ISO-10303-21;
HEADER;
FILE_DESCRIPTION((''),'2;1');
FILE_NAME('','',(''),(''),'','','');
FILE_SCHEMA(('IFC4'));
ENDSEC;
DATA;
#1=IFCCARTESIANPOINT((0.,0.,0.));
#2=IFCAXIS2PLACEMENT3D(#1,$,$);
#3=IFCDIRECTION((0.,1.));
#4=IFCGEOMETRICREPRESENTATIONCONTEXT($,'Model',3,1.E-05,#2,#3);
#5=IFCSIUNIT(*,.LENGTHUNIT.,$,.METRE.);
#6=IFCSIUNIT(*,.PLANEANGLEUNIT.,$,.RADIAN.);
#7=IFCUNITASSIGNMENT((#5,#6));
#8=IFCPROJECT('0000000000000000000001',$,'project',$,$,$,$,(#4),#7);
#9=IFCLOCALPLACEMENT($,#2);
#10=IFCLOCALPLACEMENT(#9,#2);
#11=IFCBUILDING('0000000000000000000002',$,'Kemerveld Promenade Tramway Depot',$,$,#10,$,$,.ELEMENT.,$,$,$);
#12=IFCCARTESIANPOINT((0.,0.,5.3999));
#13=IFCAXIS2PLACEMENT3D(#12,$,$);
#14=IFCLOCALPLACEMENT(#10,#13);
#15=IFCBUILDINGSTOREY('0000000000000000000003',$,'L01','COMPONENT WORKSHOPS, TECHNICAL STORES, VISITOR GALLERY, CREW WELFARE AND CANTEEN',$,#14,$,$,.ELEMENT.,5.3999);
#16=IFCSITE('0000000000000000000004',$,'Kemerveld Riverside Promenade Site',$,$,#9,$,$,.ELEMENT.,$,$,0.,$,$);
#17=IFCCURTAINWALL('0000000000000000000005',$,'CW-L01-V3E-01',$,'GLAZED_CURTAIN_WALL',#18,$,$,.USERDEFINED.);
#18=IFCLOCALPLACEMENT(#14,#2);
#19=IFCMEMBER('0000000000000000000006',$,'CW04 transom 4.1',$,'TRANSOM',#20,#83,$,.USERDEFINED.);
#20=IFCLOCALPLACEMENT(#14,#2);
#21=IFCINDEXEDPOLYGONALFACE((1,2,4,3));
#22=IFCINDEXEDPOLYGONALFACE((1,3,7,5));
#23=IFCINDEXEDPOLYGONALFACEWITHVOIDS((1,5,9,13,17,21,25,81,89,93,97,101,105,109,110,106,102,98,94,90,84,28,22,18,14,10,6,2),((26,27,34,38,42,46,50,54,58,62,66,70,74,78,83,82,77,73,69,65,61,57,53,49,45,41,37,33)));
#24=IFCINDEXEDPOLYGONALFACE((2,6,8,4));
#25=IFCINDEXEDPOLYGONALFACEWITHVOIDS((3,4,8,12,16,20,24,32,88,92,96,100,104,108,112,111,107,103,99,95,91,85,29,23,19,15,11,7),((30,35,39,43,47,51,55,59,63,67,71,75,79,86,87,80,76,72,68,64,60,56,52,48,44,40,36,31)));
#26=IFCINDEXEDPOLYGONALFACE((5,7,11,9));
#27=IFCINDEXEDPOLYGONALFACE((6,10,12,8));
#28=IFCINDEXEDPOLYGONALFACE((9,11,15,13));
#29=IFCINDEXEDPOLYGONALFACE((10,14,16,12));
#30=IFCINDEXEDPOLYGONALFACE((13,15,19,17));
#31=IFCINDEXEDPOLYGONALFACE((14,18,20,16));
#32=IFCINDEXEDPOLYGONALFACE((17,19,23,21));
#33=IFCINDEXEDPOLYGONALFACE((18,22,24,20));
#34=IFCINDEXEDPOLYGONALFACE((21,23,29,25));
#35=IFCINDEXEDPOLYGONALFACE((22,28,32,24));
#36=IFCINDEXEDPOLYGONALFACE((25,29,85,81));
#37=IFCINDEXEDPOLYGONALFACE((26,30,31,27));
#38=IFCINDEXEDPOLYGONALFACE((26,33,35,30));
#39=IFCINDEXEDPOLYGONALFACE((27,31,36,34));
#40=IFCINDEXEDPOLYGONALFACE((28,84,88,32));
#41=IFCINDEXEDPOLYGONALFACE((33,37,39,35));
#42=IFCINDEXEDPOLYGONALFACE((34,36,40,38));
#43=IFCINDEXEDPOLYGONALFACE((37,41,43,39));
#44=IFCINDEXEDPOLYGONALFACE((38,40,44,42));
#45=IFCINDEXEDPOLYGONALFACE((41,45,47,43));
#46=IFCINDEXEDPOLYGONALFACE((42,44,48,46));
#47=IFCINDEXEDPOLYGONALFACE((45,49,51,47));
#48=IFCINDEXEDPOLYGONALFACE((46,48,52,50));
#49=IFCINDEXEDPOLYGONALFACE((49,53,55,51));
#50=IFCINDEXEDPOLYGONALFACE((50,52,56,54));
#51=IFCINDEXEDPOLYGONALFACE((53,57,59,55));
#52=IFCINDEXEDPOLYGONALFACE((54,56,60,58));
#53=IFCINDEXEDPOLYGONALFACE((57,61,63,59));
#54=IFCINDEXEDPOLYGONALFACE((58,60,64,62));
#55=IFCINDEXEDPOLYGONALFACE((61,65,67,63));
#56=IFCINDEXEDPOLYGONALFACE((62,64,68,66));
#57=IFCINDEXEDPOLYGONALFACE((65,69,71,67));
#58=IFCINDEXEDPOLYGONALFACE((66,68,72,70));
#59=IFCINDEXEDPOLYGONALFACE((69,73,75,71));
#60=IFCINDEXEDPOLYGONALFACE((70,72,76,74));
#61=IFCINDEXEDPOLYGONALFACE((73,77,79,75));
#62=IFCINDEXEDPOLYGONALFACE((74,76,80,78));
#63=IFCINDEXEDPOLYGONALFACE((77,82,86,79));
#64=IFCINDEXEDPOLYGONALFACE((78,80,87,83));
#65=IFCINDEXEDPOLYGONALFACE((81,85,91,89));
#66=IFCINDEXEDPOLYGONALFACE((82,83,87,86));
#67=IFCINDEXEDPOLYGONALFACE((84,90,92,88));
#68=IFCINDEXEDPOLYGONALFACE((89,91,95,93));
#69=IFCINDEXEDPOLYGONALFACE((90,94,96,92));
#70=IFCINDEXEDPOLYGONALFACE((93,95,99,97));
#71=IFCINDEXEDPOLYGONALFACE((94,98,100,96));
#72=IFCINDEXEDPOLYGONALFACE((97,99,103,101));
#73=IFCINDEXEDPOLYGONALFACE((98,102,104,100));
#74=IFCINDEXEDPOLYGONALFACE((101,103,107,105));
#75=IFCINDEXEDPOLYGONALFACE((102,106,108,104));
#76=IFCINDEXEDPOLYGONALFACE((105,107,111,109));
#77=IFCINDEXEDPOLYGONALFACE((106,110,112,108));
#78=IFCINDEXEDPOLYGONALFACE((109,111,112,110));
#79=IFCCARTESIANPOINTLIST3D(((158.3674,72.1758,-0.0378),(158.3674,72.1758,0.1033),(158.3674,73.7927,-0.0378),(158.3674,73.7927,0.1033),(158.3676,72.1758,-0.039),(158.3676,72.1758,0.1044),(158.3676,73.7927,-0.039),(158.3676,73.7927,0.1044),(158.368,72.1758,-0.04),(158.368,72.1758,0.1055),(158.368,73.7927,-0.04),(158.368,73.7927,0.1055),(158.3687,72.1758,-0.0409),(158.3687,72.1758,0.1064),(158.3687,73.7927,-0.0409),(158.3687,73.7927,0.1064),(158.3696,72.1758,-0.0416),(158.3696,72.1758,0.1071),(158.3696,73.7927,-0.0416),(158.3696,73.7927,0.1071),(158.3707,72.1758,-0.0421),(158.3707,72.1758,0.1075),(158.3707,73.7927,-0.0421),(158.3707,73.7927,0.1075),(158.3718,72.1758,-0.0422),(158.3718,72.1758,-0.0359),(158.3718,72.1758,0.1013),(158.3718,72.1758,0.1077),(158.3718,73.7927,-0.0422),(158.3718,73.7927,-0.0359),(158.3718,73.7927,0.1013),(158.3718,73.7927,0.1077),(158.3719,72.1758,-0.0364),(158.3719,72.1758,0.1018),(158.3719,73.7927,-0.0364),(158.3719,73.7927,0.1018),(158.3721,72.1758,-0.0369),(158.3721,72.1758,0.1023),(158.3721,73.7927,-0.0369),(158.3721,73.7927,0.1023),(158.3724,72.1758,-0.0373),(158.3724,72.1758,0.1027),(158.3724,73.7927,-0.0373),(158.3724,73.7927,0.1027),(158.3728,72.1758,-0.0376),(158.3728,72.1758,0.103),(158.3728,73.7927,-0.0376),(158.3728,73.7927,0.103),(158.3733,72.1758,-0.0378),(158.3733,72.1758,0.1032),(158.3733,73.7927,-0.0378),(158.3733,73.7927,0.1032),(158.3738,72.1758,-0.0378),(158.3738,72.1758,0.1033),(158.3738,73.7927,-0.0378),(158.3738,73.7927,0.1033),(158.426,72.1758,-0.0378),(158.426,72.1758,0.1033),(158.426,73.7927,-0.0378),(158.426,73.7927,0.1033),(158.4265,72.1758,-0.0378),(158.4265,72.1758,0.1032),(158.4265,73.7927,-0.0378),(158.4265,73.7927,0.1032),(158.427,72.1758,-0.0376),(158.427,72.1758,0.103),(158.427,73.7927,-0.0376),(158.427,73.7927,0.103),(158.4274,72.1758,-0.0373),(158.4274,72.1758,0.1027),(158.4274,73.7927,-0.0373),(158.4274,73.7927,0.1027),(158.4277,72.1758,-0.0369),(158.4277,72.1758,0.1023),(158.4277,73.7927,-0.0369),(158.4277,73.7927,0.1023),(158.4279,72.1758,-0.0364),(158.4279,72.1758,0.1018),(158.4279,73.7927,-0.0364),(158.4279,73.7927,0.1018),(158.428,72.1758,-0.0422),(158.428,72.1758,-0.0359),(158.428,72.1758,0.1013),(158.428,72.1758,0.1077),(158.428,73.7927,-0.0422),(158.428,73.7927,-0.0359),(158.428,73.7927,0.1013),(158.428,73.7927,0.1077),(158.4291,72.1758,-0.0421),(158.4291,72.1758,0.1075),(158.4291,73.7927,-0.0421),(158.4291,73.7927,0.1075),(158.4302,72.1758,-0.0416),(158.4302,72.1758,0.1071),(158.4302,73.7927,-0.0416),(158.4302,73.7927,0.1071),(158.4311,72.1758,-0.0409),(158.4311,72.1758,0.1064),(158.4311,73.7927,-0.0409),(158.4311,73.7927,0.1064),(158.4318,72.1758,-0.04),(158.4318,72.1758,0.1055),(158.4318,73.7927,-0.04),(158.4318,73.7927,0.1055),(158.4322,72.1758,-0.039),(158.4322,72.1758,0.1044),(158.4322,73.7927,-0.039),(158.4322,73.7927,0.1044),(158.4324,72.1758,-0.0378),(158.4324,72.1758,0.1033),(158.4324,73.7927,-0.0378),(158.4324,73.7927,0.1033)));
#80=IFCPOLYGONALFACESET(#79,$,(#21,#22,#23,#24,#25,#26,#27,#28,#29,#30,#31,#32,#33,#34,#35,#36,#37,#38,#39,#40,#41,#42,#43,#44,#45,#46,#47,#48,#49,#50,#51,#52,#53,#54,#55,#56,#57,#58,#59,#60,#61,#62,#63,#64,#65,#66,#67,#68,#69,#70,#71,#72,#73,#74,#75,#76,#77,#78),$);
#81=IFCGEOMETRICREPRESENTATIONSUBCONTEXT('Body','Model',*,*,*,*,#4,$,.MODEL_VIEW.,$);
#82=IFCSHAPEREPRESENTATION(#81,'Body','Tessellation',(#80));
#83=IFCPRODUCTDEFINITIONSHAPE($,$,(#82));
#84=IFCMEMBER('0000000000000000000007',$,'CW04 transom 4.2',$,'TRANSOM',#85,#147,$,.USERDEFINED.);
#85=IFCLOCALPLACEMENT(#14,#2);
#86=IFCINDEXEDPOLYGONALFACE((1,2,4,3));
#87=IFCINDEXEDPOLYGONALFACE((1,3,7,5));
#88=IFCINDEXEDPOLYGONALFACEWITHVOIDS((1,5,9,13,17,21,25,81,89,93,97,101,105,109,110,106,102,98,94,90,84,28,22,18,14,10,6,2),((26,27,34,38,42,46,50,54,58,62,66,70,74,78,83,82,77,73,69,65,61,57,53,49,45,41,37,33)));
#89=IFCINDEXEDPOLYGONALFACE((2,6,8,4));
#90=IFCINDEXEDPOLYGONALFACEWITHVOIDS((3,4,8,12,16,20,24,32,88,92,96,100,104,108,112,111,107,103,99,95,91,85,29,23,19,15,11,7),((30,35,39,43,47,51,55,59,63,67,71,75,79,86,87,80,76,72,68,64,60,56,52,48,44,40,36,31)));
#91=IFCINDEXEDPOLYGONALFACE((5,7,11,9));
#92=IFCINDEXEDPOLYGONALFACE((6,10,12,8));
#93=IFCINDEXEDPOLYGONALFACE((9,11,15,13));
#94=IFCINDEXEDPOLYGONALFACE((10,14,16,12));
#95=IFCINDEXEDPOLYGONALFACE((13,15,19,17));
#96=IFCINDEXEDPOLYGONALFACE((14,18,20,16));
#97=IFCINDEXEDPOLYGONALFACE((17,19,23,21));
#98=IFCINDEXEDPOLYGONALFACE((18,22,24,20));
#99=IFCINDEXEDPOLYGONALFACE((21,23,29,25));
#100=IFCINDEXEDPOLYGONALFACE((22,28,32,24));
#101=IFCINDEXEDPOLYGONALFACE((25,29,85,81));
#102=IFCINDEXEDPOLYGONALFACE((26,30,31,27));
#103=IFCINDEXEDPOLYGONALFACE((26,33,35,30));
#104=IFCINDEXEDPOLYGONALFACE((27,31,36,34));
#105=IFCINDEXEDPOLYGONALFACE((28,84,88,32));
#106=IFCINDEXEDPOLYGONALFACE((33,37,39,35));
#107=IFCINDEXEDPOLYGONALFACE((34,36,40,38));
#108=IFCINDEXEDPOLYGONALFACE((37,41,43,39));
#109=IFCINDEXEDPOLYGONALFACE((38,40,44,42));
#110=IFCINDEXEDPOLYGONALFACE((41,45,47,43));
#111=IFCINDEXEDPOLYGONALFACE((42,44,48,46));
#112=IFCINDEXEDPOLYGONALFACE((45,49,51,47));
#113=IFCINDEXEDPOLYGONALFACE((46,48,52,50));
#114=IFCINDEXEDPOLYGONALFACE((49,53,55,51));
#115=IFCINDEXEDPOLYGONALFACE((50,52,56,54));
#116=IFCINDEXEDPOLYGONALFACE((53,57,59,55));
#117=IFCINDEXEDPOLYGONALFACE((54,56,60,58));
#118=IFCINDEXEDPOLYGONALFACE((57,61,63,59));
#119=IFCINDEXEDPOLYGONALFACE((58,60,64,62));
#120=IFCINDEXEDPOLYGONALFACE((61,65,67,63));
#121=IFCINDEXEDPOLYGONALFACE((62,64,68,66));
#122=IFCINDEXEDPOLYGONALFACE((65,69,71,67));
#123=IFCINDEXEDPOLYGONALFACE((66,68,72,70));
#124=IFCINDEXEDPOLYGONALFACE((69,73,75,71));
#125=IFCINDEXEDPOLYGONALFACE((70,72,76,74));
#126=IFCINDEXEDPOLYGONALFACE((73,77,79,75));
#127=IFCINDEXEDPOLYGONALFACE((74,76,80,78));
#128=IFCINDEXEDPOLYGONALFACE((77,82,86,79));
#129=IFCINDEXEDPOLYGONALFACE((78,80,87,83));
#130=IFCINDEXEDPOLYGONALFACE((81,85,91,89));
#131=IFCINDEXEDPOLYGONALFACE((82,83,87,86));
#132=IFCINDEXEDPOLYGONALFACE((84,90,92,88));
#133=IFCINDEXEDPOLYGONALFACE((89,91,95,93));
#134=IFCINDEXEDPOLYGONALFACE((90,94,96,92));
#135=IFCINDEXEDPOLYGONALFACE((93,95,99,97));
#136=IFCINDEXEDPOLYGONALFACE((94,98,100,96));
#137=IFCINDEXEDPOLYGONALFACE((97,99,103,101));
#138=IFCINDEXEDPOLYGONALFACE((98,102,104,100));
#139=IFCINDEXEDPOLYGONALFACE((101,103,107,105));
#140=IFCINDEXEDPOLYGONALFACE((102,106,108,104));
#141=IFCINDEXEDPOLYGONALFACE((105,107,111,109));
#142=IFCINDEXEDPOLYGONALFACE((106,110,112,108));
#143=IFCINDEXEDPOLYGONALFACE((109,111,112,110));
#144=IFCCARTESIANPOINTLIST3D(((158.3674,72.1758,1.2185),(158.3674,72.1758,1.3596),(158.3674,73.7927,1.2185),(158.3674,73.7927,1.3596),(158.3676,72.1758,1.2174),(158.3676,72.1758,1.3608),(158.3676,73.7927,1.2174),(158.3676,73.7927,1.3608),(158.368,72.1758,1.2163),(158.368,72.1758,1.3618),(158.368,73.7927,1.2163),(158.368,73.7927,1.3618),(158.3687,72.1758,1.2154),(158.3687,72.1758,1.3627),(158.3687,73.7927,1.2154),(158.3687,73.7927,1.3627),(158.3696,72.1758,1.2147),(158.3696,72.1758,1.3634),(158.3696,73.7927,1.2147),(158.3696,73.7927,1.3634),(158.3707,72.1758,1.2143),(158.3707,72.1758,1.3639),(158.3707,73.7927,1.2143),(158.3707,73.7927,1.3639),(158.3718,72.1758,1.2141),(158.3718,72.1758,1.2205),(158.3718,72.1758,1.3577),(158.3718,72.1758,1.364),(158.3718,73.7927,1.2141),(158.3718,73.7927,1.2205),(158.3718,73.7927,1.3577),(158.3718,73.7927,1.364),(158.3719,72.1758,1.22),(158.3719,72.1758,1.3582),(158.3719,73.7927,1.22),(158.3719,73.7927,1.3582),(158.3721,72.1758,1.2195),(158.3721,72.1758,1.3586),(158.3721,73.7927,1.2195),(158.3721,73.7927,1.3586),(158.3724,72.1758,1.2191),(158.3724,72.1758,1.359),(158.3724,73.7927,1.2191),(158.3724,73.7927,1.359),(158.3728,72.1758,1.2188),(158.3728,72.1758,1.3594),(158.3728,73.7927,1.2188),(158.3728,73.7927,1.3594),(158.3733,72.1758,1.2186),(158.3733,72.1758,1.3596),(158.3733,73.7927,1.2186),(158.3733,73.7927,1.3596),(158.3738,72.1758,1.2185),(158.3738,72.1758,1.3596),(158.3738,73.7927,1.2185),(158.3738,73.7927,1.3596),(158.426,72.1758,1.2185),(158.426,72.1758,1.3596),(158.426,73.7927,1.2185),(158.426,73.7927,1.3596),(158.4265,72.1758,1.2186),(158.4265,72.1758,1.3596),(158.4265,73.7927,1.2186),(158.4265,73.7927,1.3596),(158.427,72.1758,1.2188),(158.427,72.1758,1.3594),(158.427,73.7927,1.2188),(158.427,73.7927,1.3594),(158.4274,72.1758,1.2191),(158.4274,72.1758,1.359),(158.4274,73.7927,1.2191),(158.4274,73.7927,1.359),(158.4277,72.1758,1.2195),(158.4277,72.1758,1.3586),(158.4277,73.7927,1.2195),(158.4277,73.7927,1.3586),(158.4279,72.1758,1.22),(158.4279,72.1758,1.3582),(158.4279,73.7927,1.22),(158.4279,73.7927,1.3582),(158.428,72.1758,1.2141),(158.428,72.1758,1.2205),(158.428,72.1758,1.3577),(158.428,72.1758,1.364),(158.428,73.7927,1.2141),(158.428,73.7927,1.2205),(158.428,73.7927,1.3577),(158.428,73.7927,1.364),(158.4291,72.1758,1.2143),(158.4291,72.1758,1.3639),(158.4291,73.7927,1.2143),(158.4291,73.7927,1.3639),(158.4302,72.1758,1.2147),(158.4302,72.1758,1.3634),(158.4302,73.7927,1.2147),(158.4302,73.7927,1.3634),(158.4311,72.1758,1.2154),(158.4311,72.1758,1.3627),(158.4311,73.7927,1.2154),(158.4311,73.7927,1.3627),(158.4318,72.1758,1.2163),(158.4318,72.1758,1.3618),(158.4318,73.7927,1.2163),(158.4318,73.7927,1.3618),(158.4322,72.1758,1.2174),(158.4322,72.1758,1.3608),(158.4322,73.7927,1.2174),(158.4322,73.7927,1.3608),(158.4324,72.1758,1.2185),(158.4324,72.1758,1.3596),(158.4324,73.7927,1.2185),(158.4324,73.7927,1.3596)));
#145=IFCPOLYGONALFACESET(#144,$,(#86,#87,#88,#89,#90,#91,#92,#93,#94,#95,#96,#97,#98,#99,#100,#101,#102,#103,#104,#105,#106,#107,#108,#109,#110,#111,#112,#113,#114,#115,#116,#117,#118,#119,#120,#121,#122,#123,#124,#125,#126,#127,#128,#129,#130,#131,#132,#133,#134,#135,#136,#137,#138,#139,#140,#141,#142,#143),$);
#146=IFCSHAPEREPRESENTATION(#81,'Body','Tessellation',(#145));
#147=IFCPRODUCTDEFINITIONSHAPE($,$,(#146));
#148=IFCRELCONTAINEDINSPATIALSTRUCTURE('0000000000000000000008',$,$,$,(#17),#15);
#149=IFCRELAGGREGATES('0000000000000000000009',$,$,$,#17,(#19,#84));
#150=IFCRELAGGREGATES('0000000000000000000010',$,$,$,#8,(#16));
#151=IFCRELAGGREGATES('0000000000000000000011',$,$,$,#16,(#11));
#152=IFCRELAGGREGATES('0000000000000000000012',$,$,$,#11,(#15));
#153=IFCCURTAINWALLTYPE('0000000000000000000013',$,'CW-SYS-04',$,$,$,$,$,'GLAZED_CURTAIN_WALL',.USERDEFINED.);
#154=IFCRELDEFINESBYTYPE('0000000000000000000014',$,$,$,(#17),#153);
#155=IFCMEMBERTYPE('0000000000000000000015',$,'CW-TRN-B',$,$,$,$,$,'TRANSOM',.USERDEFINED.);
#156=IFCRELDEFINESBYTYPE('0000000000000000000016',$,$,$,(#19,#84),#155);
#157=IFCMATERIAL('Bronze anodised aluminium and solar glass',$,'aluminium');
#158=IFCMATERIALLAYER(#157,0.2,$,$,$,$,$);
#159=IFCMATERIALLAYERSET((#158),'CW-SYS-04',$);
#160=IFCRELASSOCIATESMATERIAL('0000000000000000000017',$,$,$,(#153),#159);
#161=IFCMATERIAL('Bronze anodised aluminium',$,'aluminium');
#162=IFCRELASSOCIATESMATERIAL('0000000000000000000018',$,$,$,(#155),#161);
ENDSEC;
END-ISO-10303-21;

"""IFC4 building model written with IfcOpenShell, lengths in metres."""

from ifc_helpers import new_model, si_unit, direction, frame, origin, origin_2d, place, context, subcontext, project, spatial, hollow_rectangle, extrude, material, layer, layer_set, material_profile, profile_set, type_object, element, aggregate, save


model = new_model("IFC4")

# Units and contexts
model_context = context("Model", 3, precision=1e-05, world=origin(), true_north=direction((0.0, 1.0)))
body_context = subcontext(model_context, "Body", "Model", "MODEL_VIEW")
ifc_project = project(units=[si_unit("LENGTHUNIT", "METRE"), si_unit("PLANEANGLEUNIT", "RADIAN")], contexts=[model_context])

# Site, building, storey
site_placement = place(None, origin())
site = spatial("IfcSite", under=ifc_project, at=site_placement, Name="Kemerveld Riverside Promenade Site", CompositionType="ELEMENT", RefElevation=0.0)
building_placement = place(site_placement, origin())
building = spatial("IfcBuilding", under=site, at=building_placement, Name="Kemerveld Promenade Tramway Depot", CompositionType="ELEMENT")
storey_placement = place(building_placement, frame((0.0, 0.0, 5.3999)))
storey = spatial("IfcBuildingStorey", under=building, at=storey_placement, Name="L01", Description="COMPONENT WORKSHOPS, TECHNICAL STORES, VISITOR GALLERY, CREW WELFARE AND CANTEEN", CompositionType="ELEMENT", Elevation=5.3999)

# Curtain wall, members
ifc_material_1 = material(Name="Bronze anodised aluminium and solar glass", Category="aluminium")
ifc_layer_1 = layer(ifc_material_1, 0.2)
ifc_layer_set_1 = layer_set([ifc_layer_1], Name="CW-SYS-04")
curtain_wall_type = type_object("IfcCurtainWallType", Name="CW-SYS-04", ElementType="GLAZED_CURTAIN_WALL", PredefinedType="USERDEFINED", material=ifc_layer_set_1)
curtain_wall_placement = place(storey_placement, origin())
curtain_wall = element("IfcCurtainWall", 1, at=curtain_wall_placement, inside=storey, type_object=curtain_wall_type, Name="CW-L01-V3E-01", ObjectType="GLAZED_CURTAIN_WALL", PredefinedType="USERDEFINED")
ifc_material_2 = material(Name="Bronze anodised aluminium", Category="aluminium")
ifc_material_profile_1 = material_profile(ifc_material_2, hollow_rectangle(XDim=0.0649, YDim=0.1499, WallThickness=0.0044, InnerFilletRadius=0.002, OuterFilletRadius=0.0044, at=origin_2d()), Name="CW-TRN-150x65")
ifc_profile_set_1 = profile_set([ifc_material_profile_1], Name="Bronze anodised aluminium")
member_type_1 = type_object("IfcMemberType", Name="CW-TRN-B", ElementType="TRANSOM", PredefinedType="USERDEFINED", material=ifc_profile_set_1)
member_1_placement = place(storey_placement, frame((158.3999, 73.7927, 0.0327), z_axis=(0.0, -1.0, 0.0), x_axis=(1.0, 0.0, 0.0)))
member_1 = element("IfcMember", 2, at=member_1_placement, type_object=member_type_1, Name="CW04 transom 4.1", ObjectType="TRANSOM", PredefinedType="USERDEFINED", context=body_context, shape_type="SweptSolid", body=[
    extrude(hollow_rectangle(XDim=0.0649, YDim=0.1499, WallThickness=0.0044, InnerFilletRadius=0.002, OuterFilletRadius=0.0044, at=origin_2d()), origin(), (0.0, 0.0, 1.0), 1.6169),
])
member_2_placement = place(storey_placement, frame((158.3999, 73.7927, 1.2891), z_axis=(0.0, -1.0, 0.0), x_axis=(1.0, 0.0, 0.0)))
member_2 = element("IfcMember", 3, at=member_2_placement, type_object=member_type_1, Name="CW04 transom 4.2", ObjectType="TRANSOM", PredefinedType="USERDEFINED", context=body_context, shape_type="SweptSolid", body=[
    extrude(hollow_rectangle(XDim=0.0649, YDim=0.1499, WallThickness=0.0044, InnerFilletRadius=0.002, OuterFilletRadius=0.0044, at=origin_2d()), origin(), (0.0, 0.0, 1.0), 1.6169),
])
aggregate(curtain_wall, [member_1, member_2])

save(model, "model.ifc")
